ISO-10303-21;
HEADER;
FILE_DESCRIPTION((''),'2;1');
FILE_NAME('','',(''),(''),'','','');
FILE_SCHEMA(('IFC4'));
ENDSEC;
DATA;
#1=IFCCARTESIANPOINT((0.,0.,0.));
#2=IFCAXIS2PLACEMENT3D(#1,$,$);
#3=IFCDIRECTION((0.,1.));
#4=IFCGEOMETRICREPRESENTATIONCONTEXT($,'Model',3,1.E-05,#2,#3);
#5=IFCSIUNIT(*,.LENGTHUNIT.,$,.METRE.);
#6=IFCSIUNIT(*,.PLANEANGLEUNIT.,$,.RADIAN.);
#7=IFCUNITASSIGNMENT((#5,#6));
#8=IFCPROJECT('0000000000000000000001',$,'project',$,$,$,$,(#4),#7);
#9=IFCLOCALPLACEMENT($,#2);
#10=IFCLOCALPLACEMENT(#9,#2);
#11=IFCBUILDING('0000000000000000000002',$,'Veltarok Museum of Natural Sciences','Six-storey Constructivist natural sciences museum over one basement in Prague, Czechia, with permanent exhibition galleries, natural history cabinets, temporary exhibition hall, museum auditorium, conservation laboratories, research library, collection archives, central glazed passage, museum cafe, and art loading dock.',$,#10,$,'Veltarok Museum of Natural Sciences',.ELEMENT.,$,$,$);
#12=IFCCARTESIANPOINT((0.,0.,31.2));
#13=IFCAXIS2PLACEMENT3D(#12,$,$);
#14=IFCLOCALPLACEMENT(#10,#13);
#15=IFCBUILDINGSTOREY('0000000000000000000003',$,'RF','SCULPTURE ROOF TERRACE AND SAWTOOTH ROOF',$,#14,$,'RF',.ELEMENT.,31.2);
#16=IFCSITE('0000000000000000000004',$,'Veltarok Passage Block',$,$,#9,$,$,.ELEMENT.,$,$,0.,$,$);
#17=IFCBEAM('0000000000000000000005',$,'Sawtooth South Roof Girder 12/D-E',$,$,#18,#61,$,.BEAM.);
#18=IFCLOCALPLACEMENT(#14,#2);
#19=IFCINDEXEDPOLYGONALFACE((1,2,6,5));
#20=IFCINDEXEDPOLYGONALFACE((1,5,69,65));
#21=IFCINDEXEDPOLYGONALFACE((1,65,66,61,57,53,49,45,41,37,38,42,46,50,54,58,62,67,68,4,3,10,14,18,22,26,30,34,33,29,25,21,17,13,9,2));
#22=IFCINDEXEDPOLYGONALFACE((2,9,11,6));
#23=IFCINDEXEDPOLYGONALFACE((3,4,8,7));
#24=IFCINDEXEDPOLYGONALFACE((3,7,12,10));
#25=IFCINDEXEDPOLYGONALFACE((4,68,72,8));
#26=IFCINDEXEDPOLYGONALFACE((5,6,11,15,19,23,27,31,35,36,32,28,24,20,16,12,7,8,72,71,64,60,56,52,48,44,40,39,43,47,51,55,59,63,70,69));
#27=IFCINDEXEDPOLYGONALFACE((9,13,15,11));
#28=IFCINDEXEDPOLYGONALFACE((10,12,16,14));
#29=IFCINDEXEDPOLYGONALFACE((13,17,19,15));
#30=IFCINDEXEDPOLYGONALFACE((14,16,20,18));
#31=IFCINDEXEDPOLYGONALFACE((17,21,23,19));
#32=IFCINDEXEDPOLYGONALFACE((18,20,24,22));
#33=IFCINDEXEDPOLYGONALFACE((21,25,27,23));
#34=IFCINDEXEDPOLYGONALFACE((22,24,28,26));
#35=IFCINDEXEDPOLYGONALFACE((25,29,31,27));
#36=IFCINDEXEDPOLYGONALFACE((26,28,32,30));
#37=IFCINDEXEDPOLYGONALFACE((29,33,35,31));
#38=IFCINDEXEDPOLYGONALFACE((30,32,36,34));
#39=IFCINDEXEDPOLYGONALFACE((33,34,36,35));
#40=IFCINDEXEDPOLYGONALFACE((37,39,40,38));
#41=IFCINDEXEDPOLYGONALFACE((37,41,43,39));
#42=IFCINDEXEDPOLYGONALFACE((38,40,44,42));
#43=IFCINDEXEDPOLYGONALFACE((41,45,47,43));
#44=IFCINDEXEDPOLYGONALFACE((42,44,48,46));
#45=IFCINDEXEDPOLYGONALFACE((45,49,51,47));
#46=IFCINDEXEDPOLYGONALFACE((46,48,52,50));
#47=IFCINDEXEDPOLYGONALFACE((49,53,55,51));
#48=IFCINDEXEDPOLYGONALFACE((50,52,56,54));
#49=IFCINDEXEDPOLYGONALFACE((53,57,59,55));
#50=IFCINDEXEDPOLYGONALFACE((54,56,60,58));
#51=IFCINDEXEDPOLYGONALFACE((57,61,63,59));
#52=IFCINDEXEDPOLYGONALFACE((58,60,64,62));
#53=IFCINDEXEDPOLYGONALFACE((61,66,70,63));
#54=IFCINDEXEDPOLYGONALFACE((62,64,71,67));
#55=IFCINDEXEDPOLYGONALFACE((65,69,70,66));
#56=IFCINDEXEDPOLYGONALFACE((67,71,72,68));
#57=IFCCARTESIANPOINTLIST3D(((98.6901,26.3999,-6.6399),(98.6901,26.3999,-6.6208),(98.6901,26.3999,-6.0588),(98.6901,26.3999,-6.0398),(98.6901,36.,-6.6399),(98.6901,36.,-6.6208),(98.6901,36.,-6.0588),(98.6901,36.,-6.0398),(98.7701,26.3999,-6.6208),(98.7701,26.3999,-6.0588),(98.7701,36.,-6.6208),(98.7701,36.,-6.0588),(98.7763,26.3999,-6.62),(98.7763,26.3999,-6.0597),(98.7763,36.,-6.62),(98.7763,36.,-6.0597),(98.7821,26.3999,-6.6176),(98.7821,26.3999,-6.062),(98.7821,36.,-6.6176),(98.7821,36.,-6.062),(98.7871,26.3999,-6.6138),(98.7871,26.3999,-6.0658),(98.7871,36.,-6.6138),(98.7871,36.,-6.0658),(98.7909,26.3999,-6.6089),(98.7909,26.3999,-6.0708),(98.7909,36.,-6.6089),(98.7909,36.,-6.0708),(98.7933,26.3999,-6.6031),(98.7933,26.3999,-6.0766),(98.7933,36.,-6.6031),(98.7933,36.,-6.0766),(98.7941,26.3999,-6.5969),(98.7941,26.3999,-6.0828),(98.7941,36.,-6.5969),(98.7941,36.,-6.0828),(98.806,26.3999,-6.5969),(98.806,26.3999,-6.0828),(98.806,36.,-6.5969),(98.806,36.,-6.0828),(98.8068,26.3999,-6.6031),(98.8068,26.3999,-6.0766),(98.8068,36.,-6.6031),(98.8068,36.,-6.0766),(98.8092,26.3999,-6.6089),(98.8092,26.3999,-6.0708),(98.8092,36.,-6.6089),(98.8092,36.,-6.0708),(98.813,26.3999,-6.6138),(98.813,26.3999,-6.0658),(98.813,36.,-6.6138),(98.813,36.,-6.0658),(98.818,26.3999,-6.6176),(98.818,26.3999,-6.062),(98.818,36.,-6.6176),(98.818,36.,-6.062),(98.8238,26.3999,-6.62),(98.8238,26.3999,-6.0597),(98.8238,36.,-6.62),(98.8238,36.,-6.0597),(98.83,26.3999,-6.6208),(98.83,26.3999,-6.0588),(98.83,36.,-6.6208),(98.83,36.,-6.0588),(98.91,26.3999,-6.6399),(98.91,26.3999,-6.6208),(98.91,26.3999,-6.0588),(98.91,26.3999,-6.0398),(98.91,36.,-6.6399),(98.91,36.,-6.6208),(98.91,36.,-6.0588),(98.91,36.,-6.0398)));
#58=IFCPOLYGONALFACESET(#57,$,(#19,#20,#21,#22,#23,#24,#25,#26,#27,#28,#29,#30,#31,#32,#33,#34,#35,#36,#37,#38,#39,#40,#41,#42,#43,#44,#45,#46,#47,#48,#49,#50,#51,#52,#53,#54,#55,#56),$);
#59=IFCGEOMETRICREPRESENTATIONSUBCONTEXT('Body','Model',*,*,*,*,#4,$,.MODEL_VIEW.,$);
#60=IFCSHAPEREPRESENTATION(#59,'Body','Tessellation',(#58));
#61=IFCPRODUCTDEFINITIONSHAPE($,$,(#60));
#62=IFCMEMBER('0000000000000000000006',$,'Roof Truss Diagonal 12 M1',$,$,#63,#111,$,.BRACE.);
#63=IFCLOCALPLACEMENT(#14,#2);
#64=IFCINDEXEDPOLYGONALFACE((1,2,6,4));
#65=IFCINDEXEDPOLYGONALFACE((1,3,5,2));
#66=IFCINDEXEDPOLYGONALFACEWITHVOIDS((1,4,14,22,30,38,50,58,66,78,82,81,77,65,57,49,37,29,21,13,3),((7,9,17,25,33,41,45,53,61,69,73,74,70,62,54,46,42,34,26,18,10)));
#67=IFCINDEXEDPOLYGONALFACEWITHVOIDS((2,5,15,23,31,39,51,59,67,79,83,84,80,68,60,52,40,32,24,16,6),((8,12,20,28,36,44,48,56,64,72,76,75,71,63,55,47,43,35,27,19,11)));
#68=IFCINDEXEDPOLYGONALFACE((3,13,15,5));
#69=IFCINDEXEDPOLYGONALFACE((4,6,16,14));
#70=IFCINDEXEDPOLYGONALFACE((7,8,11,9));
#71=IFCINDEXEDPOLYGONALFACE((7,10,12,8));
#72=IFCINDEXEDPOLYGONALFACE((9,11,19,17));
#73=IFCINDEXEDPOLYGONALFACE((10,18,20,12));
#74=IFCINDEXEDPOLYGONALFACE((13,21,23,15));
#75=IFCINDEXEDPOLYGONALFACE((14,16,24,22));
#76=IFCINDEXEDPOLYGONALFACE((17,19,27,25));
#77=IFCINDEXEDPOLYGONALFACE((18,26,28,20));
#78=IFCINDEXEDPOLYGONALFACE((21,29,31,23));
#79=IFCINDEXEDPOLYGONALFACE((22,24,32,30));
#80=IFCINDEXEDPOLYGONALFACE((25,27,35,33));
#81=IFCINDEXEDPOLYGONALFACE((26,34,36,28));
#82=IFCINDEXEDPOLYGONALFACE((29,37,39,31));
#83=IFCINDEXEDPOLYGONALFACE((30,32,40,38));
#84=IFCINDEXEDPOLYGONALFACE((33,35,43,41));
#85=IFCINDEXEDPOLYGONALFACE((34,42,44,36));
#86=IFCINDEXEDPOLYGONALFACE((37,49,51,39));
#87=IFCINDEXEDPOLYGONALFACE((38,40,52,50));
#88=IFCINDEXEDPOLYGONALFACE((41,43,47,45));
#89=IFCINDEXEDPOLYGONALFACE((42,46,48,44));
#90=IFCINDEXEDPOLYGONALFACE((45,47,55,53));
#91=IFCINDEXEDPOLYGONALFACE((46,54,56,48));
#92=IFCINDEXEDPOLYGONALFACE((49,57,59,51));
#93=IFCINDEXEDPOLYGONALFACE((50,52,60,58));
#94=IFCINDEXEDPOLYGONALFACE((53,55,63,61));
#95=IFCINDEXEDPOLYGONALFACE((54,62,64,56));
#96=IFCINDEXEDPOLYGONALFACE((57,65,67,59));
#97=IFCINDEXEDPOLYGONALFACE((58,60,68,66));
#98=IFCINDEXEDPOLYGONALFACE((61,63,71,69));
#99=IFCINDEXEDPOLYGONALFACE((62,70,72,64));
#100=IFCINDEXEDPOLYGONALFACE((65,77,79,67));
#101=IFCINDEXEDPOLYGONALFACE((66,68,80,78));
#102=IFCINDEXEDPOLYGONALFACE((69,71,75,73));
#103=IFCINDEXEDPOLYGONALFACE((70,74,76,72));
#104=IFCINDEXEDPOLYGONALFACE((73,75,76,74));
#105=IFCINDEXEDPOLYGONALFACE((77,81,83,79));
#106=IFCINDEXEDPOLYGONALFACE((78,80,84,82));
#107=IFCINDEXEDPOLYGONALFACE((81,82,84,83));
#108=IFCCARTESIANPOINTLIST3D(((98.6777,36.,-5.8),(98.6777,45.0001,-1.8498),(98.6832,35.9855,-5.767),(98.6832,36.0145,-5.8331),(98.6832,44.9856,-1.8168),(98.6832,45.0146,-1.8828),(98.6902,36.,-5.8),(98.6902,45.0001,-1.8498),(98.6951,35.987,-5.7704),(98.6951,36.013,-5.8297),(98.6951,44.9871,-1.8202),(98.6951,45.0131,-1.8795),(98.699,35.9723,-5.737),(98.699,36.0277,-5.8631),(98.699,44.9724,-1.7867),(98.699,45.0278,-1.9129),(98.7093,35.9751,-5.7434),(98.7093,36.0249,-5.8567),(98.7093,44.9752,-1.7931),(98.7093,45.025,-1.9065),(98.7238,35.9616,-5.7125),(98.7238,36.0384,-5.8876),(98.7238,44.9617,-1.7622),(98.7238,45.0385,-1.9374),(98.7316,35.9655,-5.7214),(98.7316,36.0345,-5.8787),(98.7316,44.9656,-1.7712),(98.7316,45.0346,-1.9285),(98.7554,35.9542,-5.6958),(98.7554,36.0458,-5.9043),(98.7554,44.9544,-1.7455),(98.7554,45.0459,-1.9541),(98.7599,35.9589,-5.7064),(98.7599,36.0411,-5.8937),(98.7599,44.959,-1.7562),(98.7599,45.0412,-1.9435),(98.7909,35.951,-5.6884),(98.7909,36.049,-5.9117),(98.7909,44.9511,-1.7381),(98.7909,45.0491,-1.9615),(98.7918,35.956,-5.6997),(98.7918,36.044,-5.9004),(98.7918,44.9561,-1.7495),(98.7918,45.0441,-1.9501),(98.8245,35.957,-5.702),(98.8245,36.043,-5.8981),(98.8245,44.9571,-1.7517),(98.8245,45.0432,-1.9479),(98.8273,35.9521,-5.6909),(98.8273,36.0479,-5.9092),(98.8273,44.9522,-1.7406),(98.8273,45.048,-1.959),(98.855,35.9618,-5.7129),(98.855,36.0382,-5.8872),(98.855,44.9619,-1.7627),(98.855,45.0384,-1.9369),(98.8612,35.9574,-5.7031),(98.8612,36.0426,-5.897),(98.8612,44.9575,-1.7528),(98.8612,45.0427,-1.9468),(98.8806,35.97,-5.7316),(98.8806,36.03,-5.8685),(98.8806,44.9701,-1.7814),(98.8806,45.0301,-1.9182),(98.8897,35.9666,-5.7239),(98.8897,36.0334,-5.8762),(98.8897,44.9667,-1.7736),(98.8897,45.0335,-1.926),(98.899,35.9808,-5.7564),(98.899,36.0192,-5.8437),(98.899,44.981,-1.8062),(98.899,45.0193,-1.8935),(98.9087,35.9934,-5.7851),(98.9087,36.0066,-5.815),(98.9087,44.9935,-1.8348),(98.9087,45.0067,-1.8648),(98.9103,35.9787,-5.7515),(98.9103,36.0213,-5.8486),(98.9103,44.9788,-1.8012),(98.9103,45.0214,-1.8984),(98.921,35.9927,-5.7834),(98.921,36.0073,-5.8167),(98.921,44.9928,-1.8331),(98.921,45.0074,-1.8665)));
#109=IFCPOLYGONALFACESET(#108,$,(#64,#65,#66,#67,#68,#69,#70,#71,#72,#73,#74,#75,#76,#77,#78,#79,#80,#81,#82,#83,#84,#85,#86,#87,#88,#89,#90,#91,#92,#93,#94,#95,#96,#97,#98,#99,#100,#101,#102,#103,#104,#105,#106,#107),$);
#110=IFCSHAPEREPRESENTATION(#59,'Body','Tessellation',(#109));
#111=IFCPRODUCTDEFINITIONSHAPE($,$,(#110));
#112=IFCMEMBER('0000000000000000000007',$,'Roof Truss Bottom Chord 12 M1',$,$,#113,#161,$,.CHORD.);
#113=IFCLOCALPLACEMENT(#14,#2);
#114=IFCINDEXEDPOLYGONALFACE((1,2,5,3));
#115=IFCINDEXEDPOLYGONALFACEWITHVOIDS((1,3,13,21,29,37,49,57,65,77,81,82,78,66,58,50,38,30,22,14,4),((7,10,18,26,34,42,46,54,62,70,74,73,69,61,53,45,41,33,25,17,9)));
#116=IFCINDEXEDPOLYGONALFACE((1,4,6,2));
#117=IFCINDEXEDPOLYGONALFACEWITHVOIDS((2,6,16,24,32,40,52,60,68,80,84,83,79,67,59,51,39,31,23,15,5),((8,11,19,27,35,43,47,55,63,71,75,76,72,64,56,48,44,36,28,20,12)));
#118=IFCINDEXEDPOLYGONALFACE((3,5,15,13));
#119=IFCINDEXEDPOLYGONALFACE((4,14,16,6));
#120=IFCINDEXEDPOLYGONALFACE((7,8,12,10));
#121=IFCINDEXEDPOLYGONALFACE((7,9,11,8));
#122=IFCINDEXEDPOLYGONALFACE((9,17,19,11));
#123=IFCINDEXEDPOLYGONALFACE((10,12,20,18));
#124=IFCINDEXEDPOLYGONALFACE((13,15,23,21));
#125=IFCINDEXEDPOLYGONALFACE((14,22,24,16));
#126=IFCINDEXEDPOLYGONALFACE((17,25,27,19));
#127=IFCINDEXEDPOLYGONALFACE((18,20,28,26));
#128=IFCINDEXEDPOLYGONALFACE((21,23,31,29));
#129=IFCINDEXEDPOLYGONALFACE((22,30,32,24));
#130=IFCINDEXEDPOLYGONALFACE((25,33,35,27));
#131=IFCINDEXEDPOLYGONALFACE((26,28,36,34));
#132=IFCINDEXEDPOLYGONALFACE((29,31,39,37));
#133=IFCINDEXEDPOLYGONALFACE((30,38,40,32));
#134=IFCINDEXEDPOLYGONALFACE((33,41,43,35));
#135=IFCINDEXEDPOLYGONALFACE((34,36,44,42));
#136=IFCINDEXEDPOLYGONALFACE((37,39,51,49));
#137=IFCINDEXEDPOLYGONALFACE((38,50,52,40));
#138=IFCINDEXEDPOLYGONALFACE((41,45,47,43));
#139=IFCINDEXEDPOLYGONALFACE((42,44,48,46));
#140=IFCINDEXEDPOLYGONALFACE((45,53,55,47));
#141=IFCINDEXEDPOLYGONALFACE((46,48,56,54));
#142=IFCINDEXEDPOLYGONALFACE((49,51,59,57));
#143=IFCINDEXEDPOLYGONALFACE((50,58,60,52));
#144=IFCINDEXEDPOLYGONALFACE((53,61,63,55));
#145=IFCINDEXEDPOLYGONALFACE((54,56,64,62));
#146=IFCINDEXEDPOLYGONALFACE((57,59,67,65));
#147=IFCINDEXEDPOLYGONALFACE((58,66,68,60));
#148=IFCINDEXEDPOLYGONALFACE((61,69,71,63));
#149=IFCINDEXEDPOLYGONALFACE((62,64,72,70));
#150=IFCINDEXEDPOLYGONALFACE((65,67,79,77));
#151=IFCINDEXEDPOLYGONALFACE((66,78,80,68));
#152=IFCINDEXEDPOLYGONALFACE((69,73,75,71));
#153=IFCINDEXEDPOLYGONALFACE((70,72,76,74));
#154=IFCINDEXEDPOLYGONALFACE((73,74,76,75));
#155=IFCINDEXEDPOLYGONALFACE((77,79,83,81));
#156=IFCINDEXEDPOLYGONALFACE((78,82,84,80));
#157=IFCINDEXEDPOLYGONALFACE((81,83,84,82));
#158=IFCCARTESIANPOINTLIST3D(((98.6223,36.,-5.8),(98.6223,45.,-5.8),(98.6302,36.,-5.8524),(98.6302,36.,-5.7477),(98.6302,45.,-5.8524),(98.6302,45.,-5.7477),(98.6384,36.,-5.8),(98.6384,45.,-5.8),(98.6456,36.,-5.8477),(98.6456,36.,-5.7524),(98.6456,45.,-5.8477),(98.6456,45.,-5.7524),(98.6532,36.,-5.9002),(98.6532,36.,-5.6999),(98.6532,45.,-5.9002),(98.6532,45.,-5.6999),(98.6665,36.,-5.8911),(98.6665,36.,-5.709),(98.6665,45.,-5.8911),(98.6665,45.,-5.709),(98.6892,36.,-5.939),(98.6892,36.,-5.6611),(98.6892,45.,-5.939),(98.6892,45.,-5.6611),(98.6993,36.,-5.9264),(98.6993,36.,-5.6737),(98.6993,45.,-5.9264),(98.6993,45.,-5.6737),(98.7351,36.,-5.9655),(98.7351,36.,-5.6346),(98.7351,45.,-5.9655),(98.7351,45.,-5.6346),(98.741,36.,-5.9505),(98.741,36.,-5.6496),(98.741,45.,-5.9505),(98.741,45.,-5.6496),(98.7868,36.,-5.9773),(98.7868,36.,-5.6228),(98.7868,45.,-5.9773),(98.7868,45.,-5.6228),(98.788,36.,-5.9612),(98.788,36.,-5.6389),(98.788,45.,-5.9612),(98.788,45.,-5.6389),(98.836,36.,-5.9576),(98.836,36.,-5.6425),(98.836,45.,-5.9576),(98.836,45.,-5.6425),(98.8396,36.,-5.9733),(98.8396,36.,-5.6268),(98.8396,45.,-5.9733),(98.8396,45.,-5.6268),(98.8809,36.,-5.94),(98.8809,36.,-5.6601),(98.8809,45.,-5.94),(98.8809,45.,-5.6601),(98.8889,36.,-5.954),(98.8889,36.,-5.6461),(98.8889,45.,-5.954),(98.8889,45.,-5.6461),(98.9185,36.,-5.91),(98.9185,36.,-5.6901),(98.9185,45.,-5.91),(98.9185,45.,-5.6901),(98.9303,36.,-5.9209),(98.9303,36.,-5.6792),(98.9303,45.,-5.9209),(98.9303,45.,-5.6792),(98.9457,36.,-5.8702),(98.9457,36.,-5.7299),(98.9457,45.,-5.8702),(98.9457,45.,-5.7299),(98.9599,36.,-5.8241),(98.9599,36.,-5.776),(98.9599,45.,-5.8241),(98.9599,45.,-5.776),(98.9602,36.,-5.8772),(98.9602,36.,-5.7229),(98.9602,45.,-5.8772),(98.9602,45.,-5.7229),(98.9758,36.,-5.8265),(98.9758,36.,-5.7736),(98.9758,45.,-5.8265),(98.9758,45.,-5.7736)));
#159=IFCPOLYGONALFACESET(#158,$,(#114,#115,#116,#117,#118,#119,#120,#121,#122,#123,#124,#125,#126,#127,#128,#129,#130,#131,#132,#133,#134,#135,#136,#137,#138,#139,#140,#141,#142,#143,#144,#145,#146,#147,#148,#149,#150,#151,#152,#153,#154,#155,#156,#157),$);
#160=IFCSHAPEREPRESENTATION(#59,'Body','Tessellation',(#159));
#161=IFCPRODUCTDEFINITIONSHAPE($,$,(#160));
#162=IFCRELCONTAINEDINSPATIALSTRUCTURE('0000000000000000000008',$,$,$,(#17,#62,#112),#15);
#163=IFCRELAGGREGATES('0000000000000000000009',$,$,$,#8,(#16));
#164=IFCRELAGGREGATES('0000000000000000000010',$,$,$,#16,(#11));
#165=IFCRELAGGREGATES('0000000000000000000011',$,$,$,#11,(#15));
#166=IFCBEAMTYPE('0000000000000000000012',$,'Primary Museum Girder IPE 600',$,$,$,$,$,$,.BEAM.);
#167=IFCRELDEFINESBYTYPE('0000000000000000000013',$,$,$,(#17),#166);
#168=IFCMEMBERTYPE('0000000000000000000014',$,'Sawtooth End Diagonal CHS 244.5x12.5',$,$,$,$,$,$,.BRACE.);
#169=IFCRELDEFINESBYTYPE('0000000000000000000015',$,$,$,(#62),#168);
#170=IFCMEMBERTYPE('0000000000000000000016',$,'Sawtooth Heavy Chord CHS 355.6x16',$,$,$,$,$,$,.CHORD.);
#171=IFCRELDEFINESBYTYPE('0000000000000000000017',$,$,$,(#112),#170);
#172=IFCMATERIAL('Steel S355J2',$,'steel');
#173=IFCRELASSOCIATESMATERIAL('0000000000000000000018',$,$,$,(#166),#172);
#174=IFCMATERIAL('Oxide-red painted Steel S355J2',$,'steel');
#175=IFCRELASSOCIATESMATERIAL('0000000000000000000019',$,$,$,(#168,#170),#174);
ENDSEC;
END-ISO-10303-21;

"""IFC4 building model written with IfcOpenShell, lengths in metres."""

from ifc_helpers import new_model, si_unit, direction, frame, origin, origin_2d, place, context, subcontext, project, spatial, hollow_circle, i_section, extrude, material, material_profile, profile_set, type_object, element, save


model = new_model("IFC4")

# Units and contexts
model_context = context("Model", 3, precision=1e-05, world=origin(), true_north=direction((0.0, 1.0)))
body_context = subcontext(model_context, "Body", "Model", "MODEL_VIEW")
ifc_project = project(units=[si_unit("LENGTHUNIT", "METRE"), si_unit("PLANEANGLEUNIT", "RADIAN")], contexts=[model_context])

# Site, building, storey
site_placement = place(None, origin())
site = spatial("IfcSite", under=ifc_project, at=site_placement, Name="Veltarok Passage Block", CompositionType="ELEMENT", RefElevation=0.0)
building_placement = place(site_placement, origin())
building = spatial("IfcBuilding", under=site, at=building_placement, Name="Veltarok Museum of Natural Sciences", Description="Six-storey Constructivist natural sciences museum over one basement in Prague, Czechia, with permanent exhibition galleries, natural history cabinets, temporary exhibition hall, museum auditorium, conservation laboratories, research library, collection archives, central glazed passage, museum cafe, and art loading dock.", LongName="Veltarok Museum of Natural Sciences", CompositionType="ELEMENT")
storey_placement = place(building_placement, frame((0.0, 0.0, 31.2)))
storey = spatial("IfcBuildingStorey", under=building, at=storey_placement, Name="RF", Description="SCULPTURE ROOF TERRACE AND SAWTOOTH ROOF", LongName="RF", CompositionType="ELEMENT", Elevation=31.2)

# Beam
ifc_material_1 = material(Name="Steel S355J2", Category="steel")
ifc_material_profile_1 = material_profile(ifc_material_1, i_section(OverallWidth=0.22, OverallDepth=0.6001, WebThickness=0.012, FlangeThickness=0.019, FilletRadius=0.0239, at=origin_2d()), Name="IPE 600")
ifc_profile_set_1 = profile_set([ifc_material_profile_1], Name="Steel S355J2")
beam_type_1 = type_object("IfcBeamType", Name="Primary Museum Girder IPE 600", PredefinedType="BEAM", material=ifc_profile_set_1)
for number, where, z_axis, x_axis, name in (
    (1, (98.8, 26.3999, -6.3398), (0.0, 1.0, 0.0), (-1.0, 0.0, 0.0), "Sawtooth South Roof Girder 12/D-E"),
):
    element("IfcBeam", number, at=place(storey_placement, frame(where, z_axis=z_axis, x_axis=x_axis)), inside=storey, type_object=beam_type_1, Name=name, PredefinedType="BEAM", context=body_context, shape_type="SweptSolid", body=[
        extrude(i_section(OverallWidth=0.22, OverallDepth=0.6001, WebThickness=0.012, FlangeThickness=0.019, FilletRadius=0.0239, at=origin_2d()), origin(), (0.0, 0.0, 1.0), 9.6001),
    ])

# Members
ifc_material_2 = material(Name="Oxide-red painted Steel S355J2", Category="steel")
ifc_material_profile_2 = material_profile(ifc_material_2, hollow_circle(Radius=0.1223, WallThickness=0.0125, at=origin_2d()), Name="CHS 244.5x12.5")
ifc_profile_set_2 = profile_set([ifc_material_profile_2], Name="Oxide-red painted Steel S355J2")
member_type_1 = type_object("IfcMemberType", Name="Sawtooth End Diagonal CHS 244.5x12.5", PredefinedType="BRACE", material=ifc_profile_set_2)
member_1_placement = place(storey_placement, frame((98.8, 36.0, -5.8), z_axis=(0.0, 0.915682, 0.401903), x_axis=(-1.0, 0.0, 0.0)))
element("IfcMember", 2, at=member_1_placement, inside=storey, type_object=member_type_1, Name="Roof Truss Diagonal 12 M1", PredefinedType="BRACE", context=body_context, shape_type="SweptSolid", body=[
    extrude(hollow_circle(Radius=0.1223, WallThickness=0.0125, at=origin_2d()), origin(), (0.0, 0.0, 1.0), 9.8289),
])
ifc_material_profile_3 = material_profile(ifc_material_2, hollow_circle(Radius=0.1777, WallThickness=0.0161, at=origin_2d()), Name="CHS 355.6x16")
ifc_profile_set_3 = profile_set([ifc_material_profile_3], Name="Oxide-red painted Steel S355J2")
member_type_2 = type_object("IfcMemberType", Name="Sawtooth Heavy Chord CHS 355.6x16", PredefinedType="CHORD", material=ifc_profile_set_3)
member_2_placement = place(storey_placement, frame((98.8, 36.0, -5.8), z_axis=(0.0, 1.0, 0.0), x_axis=(-1.0, 0.0, 0.0)))
element("IfcMember", 3, at=member_2_placement, inside=storey, type_object=member_type_2, Name="Roof Truss Bottom Chord 12 M1", PredefinedType="CHORD", context=body_context, shape_type="SweptSolid", body=[
    extrude(hollow_circle(Radius=0.1777, WallThickness=0.0161, at=origin_2d()), origin(), (0.0, 0.0, 1.0), 9.0),
])

save(model, "model.ifc")
